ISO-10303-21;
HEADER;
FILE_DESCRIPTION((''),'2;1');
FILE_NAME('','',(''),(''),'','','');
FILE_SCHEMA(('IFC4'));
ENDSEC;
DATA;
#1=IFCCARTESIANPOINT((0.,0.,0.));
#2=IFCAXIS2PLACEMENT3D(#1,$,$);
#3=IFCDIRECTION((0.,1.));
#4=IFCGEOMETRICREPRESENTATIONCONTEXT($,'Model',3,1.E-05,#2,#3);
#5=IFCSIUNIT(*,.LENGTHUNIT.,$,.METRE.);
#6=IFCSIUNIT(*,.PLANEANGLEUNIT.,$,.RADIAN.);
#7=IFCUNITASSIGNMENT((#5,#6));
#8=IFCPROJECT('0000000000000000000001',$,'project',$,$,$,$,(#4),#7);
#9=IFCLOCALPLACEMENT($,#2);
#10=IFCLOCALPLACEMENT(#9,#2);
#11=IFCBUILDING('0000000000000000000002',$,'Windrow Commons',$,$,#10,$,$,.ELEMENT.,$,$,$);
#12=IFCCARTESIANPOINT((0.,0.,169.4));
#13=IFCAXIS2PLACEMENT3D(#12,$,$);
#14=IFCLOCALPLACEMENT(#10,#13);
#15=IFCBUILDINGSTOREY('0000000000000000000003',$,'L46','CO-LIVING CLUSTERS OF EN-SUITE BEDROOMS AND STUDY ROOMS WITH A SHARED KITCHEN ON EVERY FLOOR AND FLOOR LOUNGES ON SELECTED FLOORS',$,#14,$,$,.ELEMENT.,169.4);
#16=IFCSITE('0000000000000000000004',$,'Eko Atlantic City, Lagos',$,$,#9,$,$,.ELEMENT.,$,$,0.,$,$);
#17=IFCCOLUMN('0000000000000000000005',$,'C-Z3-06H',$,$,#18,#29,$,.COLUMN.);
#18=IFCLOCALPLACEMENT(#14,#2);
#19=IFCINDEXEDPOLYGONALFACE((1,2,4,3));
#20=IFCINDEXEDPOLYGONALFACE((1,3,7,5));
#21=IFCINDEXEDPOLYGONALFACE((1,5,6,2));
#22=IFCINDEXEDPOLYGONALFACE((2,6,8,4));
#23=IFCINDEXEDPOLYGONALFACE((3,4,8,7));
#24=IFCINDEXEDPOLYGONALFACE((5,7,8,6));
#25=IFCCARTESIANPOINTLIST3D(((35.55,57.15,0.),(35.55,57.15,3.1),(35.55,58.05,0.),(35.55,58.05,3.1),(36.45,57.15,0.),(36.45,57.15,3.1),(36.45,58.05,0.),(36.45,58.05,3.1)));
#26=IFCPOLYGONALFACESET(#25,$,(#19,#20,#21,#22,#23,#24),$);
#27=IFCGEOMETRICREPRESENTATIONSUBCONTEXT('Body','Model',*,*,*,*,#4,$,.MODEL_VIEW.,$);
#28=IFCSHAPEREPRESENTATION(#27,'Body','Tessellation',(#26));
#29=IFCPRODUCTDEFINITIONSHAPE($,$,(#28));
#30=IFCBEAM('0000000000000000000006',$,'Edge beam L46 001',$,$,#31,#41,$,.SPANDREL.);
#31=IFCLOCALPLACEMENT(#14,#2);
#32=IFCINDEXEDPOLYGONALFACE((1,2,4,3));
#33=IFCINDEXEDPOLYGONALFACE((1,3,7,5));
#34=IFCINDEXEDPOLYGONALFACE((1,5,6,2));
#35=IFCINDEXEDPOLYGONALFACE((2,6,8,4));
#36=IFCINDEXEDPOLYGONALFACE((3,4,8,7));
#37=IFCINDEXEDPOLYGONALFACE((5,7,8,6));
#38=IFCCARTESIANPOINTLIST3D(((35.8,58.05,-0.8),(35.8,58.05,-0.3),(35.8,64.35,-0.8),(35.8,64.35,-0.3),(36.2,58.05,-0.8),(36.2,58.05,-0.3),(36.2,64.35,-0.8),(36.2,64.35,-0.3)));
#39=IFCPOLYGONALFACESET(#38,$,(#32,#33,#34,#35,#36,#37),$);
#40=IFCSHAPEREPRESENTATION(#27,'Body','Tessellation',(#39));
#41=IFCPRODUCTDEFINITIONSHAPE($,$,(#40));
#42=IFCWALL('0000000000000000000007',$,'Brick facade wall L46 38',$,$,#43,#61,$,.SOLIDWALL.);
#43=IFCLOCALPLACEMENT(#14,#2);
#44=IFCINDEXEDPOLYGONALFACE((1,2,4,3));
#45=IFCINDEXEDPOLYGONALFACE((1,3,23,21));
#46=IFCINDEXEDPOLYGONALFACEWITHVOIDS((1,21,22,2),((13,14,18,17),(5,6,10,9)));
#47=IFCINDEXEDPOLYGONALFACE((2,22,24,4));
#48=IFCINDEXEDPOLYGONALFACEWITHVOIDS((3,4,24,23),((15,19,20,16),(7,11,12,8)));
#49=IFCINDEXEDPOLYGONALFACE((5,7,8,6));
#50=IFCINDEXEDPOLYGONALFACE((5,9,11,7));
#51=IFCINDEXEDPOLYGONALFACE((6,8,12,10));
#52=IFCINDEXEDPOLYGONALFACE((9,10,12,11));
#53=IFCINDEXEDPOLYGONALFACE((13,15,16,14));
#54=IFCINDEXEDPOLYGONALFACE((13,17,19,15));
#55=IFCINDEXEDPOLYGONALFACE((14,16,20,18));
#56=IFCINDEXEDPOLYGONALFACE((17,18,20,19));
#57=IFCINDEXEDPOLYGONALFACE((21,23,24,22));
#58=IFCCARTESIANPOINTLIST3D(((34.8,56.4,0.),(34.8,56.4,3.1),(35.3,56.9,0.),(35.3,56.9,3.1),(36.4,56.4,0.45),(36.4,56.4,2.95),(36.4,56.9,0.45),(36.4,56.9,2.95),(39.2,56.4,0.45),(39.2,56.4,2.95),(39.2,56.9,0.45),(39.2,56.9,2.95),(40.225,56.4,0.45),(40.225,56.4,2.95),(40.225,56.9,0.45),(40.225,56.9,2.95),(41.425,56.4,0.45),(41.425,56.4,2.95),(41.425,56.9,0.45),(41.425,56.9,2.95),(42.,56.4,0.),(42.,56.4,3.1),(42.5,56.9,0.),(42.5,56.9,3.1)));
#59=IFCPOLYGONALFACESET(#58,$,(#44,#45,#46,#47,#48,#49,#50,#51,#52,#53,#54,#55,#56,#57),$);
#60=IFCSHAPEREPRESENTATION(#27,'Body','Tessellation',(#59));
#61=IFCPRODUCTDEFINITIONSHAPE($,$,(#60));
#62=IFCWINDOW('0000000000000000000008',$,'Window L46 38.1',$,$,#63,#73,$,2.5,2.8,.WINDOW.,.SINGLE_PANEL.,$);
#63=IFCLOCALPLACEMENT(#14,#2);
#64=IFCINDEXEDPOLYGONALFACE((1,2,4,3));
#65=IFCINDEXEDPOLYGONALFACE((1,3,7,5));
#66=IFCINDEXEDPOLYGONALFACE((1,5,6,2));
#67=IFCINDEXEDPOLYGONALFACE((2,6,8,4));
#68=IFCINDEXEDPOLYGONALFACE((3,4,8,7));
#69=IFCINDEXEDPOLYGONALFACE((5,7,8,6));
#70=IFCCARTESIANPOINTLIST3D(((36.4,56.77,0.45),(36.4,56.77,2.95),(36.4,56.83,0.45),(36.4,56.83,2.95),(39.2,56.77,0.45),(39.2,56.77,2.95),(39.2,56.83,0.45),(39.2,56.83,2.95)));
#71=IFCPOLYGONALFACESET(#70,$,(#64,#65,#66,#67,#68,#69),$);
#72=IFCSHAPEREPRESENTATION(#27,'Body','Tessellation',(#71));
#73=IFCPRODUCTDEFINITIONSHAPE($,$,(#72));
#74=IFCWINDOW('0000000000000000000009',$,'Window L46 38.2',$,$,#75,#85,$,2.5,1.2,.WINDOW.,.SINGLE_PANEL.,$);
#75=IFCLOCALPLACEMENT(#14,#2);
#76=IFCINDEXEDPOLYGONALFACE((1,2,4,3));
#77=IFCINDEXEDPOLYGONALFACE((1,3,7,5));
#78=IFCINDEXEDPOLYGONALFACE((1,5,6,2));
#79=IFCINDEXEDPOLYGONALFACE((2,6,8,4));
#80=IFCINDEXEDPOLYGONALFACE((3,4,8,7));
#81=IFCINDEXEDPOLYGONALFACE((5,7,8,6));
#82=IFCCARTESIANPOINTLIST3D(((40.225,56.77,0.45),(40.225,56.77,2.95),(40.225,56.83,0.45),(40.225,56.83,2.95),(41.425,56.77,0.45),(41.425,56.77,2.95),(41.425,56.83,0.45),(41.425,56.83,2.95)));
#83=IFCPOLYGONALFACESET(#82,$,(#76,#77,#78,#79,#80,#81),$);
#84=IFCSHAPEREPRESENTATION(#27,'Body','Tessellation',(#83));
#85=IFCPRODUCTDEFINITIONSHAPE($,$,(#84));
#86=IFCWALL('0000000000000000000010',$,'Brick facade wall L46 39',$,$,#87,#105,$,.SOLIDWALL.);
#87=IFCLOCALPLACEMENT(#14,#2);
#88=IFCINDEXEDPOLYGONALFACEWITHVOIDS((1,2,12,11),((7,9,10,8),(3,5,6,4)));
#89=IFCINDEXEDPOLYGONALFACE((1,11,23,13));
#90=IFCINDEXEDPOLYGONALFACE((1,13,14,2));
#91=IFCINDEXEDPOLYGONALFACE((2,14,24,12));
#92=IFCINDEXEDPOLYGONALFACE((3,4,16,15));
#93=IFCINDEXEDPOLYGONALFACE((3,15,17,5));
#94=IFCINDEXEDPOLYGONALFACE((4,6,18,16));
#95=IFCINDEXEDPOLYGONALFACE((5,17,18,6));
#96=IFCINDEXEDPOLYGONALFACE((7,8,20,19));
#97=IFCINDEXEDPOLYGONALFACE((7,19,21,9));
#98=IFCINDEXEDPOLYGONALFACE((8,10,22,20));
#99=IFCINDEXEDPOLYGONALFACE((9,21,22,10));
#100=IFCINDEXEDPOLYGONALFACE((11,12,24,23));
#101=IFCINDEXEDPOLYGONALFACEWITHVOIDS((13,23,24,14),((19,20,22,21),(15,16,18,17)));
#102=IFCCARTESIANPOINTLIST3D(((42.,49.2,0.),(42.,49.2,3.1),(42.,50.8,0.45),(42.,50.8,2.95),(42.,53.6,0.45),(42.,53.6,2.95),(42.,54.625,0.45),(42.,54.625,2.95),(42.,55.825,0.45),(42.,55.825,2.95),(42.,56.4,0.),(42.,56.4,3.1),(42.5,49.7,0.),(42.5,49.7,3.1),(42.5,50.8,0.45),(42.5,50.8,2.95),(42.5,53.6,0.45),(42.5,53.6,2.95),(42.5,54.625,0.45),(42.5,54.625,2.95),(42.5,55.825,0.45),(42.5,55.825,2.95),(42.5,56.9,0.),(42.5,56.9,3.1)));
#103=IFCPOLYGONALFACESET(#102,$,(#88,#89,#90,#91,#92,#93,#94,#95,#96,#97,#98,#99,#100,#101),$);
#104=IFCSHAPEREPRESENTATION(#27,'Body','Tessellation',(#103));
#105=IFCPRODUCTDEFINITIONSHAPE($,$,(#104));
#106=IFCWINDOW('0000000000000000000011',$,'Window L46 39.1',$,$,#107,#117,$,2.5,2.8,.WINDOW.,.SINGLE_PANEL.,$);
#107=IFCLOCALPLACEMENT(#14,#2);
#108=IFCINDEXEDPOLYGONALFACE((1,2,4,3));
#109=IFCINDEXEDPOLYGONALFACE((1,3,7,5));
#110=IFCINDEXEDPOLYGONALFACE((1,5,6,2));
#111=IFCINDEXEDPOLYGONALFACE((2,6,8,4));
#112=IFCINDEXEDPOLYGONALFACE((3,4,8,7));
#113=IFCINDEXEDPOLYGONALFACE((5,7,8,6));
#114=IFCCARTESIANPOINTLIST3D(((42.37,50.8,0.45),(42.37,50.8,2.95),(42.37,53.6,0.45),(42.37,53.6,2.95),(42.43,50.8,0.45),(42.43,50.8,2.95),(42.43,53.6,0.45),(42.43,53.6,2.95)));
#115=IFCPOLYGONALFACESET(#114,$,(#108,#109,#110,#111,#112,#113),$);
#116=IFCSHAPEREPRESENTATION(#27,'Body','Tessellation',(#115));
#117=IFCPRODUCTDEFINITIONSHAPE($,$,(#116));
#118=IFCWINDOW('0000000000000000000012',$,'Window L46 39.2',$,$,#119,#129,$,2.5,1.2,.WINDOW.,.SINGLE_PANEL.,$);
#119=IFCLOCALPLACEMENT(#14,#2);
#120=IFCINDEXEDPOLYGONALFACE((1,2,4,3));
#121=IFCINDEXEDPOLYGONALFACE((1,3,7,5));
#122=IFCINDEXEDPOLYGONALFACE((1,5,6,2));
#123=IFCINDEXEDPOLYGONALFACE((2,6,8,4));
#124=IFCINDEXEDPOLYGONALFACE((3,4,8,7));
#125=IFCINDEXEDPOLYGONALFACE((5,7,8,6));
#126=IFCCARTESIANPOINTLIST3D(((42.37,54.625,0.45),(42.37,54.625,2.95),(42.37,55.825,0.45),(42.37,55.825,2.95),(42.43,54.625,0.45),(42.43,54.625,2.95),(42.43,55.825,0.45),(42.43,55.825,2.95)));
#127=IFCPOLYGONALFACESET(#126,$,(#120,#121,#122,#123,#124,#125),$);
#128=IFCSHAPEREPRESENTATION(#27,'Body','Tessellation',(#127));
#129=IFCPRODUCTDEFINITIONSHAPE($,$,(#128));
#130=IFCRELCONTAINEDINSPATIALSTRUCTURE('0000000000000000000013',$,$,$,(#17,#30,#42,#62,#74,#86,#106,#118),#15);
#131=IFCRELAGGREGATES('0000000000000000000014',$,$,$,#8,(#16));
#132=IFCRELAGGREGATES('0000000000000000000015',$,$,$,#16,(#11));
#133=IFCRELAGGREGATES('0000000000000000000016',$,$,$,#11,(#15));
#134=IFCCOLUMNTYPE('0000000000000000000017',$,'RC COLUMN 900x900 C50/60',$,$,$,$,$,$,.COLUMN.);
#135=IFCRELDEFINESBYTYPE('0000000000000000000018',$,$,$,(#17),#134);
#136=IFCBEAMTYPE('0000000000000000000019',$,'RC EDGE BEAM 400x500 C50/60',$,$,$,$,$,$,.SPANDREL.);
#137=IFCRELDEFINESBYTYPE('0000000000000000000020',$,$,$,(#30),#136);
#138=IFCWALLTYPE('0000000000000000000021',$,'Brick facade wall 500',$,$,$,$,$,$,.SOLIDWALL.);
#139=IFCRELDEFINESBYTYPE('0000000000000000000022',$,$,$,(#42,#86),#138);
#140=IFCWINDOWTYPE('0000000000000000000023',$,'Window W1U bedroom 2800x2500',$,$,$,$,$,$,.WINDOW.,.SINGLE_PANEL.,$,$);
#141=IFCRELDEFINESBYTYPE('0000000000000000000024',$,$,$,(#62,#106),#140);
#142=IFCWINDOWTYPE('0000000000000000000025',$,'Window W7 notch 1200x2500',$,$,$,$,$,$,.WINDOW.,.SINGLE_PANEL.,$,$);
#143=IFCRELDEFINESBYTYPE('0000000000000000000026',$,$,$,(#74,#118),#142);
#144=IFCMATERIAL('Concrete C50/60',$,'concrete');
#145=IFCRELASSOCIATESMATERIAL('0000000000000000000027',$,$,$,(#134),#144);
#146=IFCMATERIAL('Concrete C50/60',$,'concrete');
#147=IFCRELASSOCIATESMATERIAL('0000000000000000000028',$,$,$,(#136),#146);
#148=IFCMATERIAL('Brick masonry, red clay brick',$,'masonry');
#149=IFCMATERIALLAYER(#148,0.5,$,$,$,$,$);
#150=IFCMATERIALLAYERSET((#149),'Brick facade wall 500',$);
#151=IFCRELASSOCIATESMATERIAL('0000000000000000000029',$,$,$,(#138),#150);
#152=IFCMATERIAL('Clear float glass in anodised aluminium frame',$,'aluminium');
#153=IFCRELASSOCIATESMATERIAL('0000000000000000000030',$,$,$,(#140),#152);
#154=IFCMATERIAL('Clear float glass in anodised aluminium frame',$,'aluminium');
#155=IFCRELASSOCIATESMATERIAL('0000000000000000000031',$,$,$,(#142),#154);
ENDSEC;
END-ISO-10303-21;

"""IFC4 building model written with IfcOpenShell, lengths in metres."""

from ifc_helpers import new_model, si_unit, direction, frame, frame_2d, origin, origin_2d, place, context, subcontext, project, spatial, polyline, rectangle, outline, extrude, material, layer, layer_set, material_profile, profile_set, type_object, element, fill, save


model = new_model("IFC4")

# Units and contexts
model_context = context("Model", 3, precision=1e-05, world=origin(), true_north=direction((0.0, 1.0)))
body_context = subcontext(model_context, "Body", "Model", "MODEL_VIEW")
ifc_project = project(units=[si_unit("LENGTHUNIT", "METRE"), si_unit("PLANEANGLEUNIT", "RADIAN")], contexts=[model_context])

# Site, building, storey
site_placement = place(None, origin())
site = spatial("IfcSite", under=ifc_project, at=site_placement, Name="Eko Atlantic City, Lagos", CompositionType="ELEMENT", RefElevation=0.0)
building_placement = place(site_placement, origin())
building = spatial("IfcBuilding", under=site, at=building_placement, Name="Windrow Commons", CompositionType="ELEMENT")
storey_placement = place(building_placement, frame((0.0, 0.0, 169.4)))
storey = spatial("IfcBuildingStorey", under=building, at=storey_placement, Name="L46", Description="CO-LIVING CLUSTERS OF EN-SUITE BEDROOMS AND STUDY ROOMS WITH A SHARED KITCHEN ON EVERY FLOOR AND FLOOR LOUNGES ON SELECTED FLOORS", CompositionType="ELEMENT", Elevation=169.4)

# Column
ifc_material_1 = material(Name="Concrete C50/60", Category="concrete")
ifc_material_profile_1 = material_profile(ifc_material_1, rectangle(XDim=0.9, YDim=0.9, at=origin_2d()))
ifc_profile_set_1 = profile_set([ifc_material_profile_1], Name="Concrete C50/60")
column_type = type_object("IfcColumnType", Name="RC COLUMN 900x900 C50/60", PredefinedType="COLUMN", material=ifc_profile_set_1)
column_placement = place(storey_placement, frame((36.0, 57.6, 0.0), z_axis=(0.0, 0.0, 1.0), x_axis=(1.0, 0.0, 0.0)))
element("IfcColumn", 1, at=column_placement, inside=storey, type_object=column_type, Name="C-Z3-06H", PredefinedType="COLUMN", context=body_context, shape_type="SweptSolid", body=[
    extrude(rectangle(XDim=0.9, YDim=0.9, at=origin_2d()), origin(), (0.0, 0.0, 1.0), 3.1),
])

# Beam
ifc_material_2 = material(Name="Concrete C50/60", Category="concrete")
ifc_material_profile_2 = material_profile(ifc_material_2, rectangle(XDim=0.4, YDim=0.5, at=origin_2d()))
ifc_profile_set_2 = profile_set([ifc_material_profile_2], Name="Concrete C50/60")
beam_type = type_object("IfcBeamType", Name="RC EDGE BEAM 400x500 C50/60", PredefinedType="SPANDREL", material=ifc_profile_set_2)
beam_placement = place(storey_placement, frame((36.0, 58.05, -0.55), z_axis=(0.0, 1.0, 0.0), x_axis=(-1.0, 0.0, 0.0)))
element("IfcBeam", 2, at=beam_placement, inside=storey, type_object=beam_type, Name="Edge beam L46 001", PredefinedType="SPANDREL", context=body_context, shape_type="SweptSolid", body=[
    extrude(rectangle(XDim=0.4, YDim=0.5, at=origin_2d()), origin(), (0.0, 0.0, 1.0), 6.3),
])

# Walls, openings, windows
ifc_material_3 = material(Name="Brick masonry, red clay brick", Category="masonry")
ifc_layer_1 = layer(ifc_material_3, 0.5)
ifc_layer_set_1 = layer_set([ifc_layer_1], Name="Brick facade wall 500")
wall_type_1 = type_object("IfcWallType", Name="Brick facade wall 500", PredefinedType="SOLIDWALL", material=ifc_layer_set_1)
wall_1_placement = place(storey_placement, frame((35.05, 56.65, 0.0), z_axis=(0.0, 0.0, 1.0), x_axis=(1.0, 0.0, 0.0)))
wall_1 = element("IfcWall", 3, at=wall_1_placement, inside=storey, type_object=wall_type_1, Name="Brick facade wall L46 38", PredefinedType="SOLIDWALL", context=body_context, shape_type="SweptSolid", body=[
    extrude(outline(polyline([(-0.25, -0.25), (6.95, -0.25), (7.45, 0.25), (0.25, 0.25), (-0.25, -0.25)])), origin(), (0.0, 0.0, 1.0), 3.1),
])
opening_1_placement = place(wall_1_placement, frame((1.35, 0.0, 0.45)))
opening_1 = element("IfcOpeningElement", 4, at=opening_1_placement, cuts=wall_1, PredefinedType="OPENING", context=body_context, shape_type="SweptSolid", body=[
    extrude(rectangle(XDim=2.8, YDim=2.5, at=frame_2d((1.4, 1.25))), frame((0.0, 0.26, 0.0), z_axis=(0.0, -1.0, 0.0), x_axis=(1.0, 0.0, 0.0)), (0.0, 0.0, 1.0), 0.52),
])
opening_2_placement = place(wall_1_placement, frame((5.175, 0.0, 0.45)))
opening_2 = element("IfcOpeningElement", 5, at=opening_2_placement, cuts=wall_1, PredefinedType="OPENING", context=body_context, shape_type="SweptSolid", body=[
    extrude(rectangle(XDim=1.2, YDim=2.5, at=frame_2d((0.6, 1.25))), frame((0.0, 0.26, 0.0), z_axis=(0.0, -1.0, 0.0), x_axis=(1.0, 0.0, 0.0)), (0.0, 0.0, 1.0), 0.52),
])
ifc_material_4 = material(Name="Clear float glass in anodised aluminium frame", Category="aluminium")
window_type_1 = type_object("IfcWindowType", Name="Window W1U bedroom 2800x2500", PartitioningType="SINGLE_PANEL", PredefinedType="WINDOW", material=ifc_material_4)
window_1_placement = place(opening_1_placement, origin())
window_1 = element("IfcWindow", 6, at=window_1_placement, inside=storey, type_object=window_type_1, Name="Window L46 38.1", OverallHeight=2.5, OverallWidth=2.8, PartitioningType="SINGLE_PANEL", PredefinedType="WINDOW", context=body_context, shape_type="SweptSolid", body=[
    extrude(rectangle(XDim=2.8, YDim=2.5, at=frame_2d((1.4, 1.25))), frame((0.0, 0.18, 0.0), z_axis=(0.0, -1.0, 0.0), x_axis=(1.0, 0.0, 0.0)), (0.0, 0.0, 1.0), 0.06),
])
fill(opening_1, window_1)
ifc_material_5 = material(Name="Clear float glass in anodised aluminium frame", Category="aluminium")
window_type_2 = type_object("IfcWindowType", Name="Window W7 notch 1200x2500", PartitioningType="SINGLE_PANEL", PredefinedType="WINDOW", material=ifc_material_5)
window_2_placement = place(opening_2_placement, origin())
window_2 = element("IfcWindow", 7, at=window_2_placement, inside=storey, type_object=window_type_2, Name="Window L46 38.2", OverallHeight=2.5, OverallWidth=1.2, PartitioningType="SINGLE_PANEL", PredefinedType="WINDOW", context=body_context, shape_type="SweptSolid", body=[
    extrude(rectangle(XDim=1.2, YDim=2.5, at=frame_2d((0.6, 1.25))), frame((0.0, 0.18, 0.0), z_axis=(0.0, -1.0, 0.0), x_axis=(1.0, 0.0, 0.0)), (0.0, 0.0, 1.0), 0.06),
])
fill(opening_2, window_2)
wall_2_placement = place(storey_placement, frame((42.25, 56.65, 0.0), z_axis=(0.0, 0.0, 1.0), x_axis=(0.0, -1.0, 0.0)))
wall_2 = element("IfcWall", 8, at=wall_2_placement, inside=storey, type_object=wall_type_1, Name="Brick facade wall L46 39", PredefinedType="SOLIDWALL", context=body_context, shape_type="SweptSolid", body=[
    extrude(outline(polyline([(0.25, -0.25), (7.45, -0.25), (6.95, 0.25), (-0.25, 0.25), (0.25, -0.25)])), origin(), (0.0, 0.0, 1.0), 3.1),
])
opening_3_placement = place(wall_2_placement, frame((3.05, 0.0, 0.45)))
opening_3 = element("IfcOpeningElement", 9, at=opening_3_placement, cuts=wall_2, PredefinedType="OPENING", context=body_context, shape_type="SweptSolid", body=[
    extrude(rectangle(XDim=2.8, YDim=2.5, at=frame_2d((1.4, 1.25))), frame((0.0, 0.26, 0.0), z_axis=(0.0, -1.0, 0.0), x_axis=(1.0, 0.0, 0.0)), (0.0, 0.0, 1.0), 0.52),
])
opening_4_placement = place(wall_2_placement, frame((0.825, 0.0, 0.45)))
opening_4 = element("IfcOpeningElement", 10, at=opening_4_placement, cuts=wall_2, PredefinedType="OPENING", context=body_context, shape_type="SweptSolid", body=[
    extrude(rectangle(XDim=1.2, YDim=2.5, at=frame_2d((0.6, 1.25))), frame((0.0, 0.26, 0.0), z_axis=(0.0, -1.0, 0.0), x_axis=(1.0, 0.0, 0.0)), (0.0, 0.0, 1.0), 0.52),
])
window_3_placement = place(opening_3_placement, origin())
window_3 = element("IfcWindow", 11, at=window_3_placement, inside=storey, type_object=window_type_1, Name="Window L46 39.1", OverallHeight=2.5, OverallWidth=2.8, PartitioningType="SINGLE_PANEL", PredefinedType="WINDOW", context=body_context, shape_type="SweptSolid", body=[
    extrude(rectangle(XDim=2.8, YDim=2.5, at=frame_2d((1.4, 1.25))), frame((0.0, 0.18, 0.0), z_axis=(0.0, -1.0, 0.0), x_axis=(1.0, 0.0, 0.0)), (0.0, 0.0, 1.0), 0.06),
])
fill(opening_3, window_3)
window_4_placement = place(opening_4_placement, origin())
window_4 = element("IfcWindow", 12, at=window_4_placement, inside=storey, type_object=window_type_2, Name="Window L46 39.2", OverallHeight=2.5, OverallWidth=1.2, PartitioningType="SINGLE_PANEL", PredefinedType="WINDOW", context=body_context, shape_type="SweptSolid", body=[
    extrude(rectangle(XDim=1.2, YDim=2.5, at=frame_2d((0.6, 1.25))), frame((0.0, 0.18, 0.0), z_axis=(0.0, -1.0, 0.0), x_axis=(1.0, 0.0, 0.0)), (0.0, 0.0, 1.0), 0.06),
])
fill(opening_4, window_4)

save(model, "model.ifc")
